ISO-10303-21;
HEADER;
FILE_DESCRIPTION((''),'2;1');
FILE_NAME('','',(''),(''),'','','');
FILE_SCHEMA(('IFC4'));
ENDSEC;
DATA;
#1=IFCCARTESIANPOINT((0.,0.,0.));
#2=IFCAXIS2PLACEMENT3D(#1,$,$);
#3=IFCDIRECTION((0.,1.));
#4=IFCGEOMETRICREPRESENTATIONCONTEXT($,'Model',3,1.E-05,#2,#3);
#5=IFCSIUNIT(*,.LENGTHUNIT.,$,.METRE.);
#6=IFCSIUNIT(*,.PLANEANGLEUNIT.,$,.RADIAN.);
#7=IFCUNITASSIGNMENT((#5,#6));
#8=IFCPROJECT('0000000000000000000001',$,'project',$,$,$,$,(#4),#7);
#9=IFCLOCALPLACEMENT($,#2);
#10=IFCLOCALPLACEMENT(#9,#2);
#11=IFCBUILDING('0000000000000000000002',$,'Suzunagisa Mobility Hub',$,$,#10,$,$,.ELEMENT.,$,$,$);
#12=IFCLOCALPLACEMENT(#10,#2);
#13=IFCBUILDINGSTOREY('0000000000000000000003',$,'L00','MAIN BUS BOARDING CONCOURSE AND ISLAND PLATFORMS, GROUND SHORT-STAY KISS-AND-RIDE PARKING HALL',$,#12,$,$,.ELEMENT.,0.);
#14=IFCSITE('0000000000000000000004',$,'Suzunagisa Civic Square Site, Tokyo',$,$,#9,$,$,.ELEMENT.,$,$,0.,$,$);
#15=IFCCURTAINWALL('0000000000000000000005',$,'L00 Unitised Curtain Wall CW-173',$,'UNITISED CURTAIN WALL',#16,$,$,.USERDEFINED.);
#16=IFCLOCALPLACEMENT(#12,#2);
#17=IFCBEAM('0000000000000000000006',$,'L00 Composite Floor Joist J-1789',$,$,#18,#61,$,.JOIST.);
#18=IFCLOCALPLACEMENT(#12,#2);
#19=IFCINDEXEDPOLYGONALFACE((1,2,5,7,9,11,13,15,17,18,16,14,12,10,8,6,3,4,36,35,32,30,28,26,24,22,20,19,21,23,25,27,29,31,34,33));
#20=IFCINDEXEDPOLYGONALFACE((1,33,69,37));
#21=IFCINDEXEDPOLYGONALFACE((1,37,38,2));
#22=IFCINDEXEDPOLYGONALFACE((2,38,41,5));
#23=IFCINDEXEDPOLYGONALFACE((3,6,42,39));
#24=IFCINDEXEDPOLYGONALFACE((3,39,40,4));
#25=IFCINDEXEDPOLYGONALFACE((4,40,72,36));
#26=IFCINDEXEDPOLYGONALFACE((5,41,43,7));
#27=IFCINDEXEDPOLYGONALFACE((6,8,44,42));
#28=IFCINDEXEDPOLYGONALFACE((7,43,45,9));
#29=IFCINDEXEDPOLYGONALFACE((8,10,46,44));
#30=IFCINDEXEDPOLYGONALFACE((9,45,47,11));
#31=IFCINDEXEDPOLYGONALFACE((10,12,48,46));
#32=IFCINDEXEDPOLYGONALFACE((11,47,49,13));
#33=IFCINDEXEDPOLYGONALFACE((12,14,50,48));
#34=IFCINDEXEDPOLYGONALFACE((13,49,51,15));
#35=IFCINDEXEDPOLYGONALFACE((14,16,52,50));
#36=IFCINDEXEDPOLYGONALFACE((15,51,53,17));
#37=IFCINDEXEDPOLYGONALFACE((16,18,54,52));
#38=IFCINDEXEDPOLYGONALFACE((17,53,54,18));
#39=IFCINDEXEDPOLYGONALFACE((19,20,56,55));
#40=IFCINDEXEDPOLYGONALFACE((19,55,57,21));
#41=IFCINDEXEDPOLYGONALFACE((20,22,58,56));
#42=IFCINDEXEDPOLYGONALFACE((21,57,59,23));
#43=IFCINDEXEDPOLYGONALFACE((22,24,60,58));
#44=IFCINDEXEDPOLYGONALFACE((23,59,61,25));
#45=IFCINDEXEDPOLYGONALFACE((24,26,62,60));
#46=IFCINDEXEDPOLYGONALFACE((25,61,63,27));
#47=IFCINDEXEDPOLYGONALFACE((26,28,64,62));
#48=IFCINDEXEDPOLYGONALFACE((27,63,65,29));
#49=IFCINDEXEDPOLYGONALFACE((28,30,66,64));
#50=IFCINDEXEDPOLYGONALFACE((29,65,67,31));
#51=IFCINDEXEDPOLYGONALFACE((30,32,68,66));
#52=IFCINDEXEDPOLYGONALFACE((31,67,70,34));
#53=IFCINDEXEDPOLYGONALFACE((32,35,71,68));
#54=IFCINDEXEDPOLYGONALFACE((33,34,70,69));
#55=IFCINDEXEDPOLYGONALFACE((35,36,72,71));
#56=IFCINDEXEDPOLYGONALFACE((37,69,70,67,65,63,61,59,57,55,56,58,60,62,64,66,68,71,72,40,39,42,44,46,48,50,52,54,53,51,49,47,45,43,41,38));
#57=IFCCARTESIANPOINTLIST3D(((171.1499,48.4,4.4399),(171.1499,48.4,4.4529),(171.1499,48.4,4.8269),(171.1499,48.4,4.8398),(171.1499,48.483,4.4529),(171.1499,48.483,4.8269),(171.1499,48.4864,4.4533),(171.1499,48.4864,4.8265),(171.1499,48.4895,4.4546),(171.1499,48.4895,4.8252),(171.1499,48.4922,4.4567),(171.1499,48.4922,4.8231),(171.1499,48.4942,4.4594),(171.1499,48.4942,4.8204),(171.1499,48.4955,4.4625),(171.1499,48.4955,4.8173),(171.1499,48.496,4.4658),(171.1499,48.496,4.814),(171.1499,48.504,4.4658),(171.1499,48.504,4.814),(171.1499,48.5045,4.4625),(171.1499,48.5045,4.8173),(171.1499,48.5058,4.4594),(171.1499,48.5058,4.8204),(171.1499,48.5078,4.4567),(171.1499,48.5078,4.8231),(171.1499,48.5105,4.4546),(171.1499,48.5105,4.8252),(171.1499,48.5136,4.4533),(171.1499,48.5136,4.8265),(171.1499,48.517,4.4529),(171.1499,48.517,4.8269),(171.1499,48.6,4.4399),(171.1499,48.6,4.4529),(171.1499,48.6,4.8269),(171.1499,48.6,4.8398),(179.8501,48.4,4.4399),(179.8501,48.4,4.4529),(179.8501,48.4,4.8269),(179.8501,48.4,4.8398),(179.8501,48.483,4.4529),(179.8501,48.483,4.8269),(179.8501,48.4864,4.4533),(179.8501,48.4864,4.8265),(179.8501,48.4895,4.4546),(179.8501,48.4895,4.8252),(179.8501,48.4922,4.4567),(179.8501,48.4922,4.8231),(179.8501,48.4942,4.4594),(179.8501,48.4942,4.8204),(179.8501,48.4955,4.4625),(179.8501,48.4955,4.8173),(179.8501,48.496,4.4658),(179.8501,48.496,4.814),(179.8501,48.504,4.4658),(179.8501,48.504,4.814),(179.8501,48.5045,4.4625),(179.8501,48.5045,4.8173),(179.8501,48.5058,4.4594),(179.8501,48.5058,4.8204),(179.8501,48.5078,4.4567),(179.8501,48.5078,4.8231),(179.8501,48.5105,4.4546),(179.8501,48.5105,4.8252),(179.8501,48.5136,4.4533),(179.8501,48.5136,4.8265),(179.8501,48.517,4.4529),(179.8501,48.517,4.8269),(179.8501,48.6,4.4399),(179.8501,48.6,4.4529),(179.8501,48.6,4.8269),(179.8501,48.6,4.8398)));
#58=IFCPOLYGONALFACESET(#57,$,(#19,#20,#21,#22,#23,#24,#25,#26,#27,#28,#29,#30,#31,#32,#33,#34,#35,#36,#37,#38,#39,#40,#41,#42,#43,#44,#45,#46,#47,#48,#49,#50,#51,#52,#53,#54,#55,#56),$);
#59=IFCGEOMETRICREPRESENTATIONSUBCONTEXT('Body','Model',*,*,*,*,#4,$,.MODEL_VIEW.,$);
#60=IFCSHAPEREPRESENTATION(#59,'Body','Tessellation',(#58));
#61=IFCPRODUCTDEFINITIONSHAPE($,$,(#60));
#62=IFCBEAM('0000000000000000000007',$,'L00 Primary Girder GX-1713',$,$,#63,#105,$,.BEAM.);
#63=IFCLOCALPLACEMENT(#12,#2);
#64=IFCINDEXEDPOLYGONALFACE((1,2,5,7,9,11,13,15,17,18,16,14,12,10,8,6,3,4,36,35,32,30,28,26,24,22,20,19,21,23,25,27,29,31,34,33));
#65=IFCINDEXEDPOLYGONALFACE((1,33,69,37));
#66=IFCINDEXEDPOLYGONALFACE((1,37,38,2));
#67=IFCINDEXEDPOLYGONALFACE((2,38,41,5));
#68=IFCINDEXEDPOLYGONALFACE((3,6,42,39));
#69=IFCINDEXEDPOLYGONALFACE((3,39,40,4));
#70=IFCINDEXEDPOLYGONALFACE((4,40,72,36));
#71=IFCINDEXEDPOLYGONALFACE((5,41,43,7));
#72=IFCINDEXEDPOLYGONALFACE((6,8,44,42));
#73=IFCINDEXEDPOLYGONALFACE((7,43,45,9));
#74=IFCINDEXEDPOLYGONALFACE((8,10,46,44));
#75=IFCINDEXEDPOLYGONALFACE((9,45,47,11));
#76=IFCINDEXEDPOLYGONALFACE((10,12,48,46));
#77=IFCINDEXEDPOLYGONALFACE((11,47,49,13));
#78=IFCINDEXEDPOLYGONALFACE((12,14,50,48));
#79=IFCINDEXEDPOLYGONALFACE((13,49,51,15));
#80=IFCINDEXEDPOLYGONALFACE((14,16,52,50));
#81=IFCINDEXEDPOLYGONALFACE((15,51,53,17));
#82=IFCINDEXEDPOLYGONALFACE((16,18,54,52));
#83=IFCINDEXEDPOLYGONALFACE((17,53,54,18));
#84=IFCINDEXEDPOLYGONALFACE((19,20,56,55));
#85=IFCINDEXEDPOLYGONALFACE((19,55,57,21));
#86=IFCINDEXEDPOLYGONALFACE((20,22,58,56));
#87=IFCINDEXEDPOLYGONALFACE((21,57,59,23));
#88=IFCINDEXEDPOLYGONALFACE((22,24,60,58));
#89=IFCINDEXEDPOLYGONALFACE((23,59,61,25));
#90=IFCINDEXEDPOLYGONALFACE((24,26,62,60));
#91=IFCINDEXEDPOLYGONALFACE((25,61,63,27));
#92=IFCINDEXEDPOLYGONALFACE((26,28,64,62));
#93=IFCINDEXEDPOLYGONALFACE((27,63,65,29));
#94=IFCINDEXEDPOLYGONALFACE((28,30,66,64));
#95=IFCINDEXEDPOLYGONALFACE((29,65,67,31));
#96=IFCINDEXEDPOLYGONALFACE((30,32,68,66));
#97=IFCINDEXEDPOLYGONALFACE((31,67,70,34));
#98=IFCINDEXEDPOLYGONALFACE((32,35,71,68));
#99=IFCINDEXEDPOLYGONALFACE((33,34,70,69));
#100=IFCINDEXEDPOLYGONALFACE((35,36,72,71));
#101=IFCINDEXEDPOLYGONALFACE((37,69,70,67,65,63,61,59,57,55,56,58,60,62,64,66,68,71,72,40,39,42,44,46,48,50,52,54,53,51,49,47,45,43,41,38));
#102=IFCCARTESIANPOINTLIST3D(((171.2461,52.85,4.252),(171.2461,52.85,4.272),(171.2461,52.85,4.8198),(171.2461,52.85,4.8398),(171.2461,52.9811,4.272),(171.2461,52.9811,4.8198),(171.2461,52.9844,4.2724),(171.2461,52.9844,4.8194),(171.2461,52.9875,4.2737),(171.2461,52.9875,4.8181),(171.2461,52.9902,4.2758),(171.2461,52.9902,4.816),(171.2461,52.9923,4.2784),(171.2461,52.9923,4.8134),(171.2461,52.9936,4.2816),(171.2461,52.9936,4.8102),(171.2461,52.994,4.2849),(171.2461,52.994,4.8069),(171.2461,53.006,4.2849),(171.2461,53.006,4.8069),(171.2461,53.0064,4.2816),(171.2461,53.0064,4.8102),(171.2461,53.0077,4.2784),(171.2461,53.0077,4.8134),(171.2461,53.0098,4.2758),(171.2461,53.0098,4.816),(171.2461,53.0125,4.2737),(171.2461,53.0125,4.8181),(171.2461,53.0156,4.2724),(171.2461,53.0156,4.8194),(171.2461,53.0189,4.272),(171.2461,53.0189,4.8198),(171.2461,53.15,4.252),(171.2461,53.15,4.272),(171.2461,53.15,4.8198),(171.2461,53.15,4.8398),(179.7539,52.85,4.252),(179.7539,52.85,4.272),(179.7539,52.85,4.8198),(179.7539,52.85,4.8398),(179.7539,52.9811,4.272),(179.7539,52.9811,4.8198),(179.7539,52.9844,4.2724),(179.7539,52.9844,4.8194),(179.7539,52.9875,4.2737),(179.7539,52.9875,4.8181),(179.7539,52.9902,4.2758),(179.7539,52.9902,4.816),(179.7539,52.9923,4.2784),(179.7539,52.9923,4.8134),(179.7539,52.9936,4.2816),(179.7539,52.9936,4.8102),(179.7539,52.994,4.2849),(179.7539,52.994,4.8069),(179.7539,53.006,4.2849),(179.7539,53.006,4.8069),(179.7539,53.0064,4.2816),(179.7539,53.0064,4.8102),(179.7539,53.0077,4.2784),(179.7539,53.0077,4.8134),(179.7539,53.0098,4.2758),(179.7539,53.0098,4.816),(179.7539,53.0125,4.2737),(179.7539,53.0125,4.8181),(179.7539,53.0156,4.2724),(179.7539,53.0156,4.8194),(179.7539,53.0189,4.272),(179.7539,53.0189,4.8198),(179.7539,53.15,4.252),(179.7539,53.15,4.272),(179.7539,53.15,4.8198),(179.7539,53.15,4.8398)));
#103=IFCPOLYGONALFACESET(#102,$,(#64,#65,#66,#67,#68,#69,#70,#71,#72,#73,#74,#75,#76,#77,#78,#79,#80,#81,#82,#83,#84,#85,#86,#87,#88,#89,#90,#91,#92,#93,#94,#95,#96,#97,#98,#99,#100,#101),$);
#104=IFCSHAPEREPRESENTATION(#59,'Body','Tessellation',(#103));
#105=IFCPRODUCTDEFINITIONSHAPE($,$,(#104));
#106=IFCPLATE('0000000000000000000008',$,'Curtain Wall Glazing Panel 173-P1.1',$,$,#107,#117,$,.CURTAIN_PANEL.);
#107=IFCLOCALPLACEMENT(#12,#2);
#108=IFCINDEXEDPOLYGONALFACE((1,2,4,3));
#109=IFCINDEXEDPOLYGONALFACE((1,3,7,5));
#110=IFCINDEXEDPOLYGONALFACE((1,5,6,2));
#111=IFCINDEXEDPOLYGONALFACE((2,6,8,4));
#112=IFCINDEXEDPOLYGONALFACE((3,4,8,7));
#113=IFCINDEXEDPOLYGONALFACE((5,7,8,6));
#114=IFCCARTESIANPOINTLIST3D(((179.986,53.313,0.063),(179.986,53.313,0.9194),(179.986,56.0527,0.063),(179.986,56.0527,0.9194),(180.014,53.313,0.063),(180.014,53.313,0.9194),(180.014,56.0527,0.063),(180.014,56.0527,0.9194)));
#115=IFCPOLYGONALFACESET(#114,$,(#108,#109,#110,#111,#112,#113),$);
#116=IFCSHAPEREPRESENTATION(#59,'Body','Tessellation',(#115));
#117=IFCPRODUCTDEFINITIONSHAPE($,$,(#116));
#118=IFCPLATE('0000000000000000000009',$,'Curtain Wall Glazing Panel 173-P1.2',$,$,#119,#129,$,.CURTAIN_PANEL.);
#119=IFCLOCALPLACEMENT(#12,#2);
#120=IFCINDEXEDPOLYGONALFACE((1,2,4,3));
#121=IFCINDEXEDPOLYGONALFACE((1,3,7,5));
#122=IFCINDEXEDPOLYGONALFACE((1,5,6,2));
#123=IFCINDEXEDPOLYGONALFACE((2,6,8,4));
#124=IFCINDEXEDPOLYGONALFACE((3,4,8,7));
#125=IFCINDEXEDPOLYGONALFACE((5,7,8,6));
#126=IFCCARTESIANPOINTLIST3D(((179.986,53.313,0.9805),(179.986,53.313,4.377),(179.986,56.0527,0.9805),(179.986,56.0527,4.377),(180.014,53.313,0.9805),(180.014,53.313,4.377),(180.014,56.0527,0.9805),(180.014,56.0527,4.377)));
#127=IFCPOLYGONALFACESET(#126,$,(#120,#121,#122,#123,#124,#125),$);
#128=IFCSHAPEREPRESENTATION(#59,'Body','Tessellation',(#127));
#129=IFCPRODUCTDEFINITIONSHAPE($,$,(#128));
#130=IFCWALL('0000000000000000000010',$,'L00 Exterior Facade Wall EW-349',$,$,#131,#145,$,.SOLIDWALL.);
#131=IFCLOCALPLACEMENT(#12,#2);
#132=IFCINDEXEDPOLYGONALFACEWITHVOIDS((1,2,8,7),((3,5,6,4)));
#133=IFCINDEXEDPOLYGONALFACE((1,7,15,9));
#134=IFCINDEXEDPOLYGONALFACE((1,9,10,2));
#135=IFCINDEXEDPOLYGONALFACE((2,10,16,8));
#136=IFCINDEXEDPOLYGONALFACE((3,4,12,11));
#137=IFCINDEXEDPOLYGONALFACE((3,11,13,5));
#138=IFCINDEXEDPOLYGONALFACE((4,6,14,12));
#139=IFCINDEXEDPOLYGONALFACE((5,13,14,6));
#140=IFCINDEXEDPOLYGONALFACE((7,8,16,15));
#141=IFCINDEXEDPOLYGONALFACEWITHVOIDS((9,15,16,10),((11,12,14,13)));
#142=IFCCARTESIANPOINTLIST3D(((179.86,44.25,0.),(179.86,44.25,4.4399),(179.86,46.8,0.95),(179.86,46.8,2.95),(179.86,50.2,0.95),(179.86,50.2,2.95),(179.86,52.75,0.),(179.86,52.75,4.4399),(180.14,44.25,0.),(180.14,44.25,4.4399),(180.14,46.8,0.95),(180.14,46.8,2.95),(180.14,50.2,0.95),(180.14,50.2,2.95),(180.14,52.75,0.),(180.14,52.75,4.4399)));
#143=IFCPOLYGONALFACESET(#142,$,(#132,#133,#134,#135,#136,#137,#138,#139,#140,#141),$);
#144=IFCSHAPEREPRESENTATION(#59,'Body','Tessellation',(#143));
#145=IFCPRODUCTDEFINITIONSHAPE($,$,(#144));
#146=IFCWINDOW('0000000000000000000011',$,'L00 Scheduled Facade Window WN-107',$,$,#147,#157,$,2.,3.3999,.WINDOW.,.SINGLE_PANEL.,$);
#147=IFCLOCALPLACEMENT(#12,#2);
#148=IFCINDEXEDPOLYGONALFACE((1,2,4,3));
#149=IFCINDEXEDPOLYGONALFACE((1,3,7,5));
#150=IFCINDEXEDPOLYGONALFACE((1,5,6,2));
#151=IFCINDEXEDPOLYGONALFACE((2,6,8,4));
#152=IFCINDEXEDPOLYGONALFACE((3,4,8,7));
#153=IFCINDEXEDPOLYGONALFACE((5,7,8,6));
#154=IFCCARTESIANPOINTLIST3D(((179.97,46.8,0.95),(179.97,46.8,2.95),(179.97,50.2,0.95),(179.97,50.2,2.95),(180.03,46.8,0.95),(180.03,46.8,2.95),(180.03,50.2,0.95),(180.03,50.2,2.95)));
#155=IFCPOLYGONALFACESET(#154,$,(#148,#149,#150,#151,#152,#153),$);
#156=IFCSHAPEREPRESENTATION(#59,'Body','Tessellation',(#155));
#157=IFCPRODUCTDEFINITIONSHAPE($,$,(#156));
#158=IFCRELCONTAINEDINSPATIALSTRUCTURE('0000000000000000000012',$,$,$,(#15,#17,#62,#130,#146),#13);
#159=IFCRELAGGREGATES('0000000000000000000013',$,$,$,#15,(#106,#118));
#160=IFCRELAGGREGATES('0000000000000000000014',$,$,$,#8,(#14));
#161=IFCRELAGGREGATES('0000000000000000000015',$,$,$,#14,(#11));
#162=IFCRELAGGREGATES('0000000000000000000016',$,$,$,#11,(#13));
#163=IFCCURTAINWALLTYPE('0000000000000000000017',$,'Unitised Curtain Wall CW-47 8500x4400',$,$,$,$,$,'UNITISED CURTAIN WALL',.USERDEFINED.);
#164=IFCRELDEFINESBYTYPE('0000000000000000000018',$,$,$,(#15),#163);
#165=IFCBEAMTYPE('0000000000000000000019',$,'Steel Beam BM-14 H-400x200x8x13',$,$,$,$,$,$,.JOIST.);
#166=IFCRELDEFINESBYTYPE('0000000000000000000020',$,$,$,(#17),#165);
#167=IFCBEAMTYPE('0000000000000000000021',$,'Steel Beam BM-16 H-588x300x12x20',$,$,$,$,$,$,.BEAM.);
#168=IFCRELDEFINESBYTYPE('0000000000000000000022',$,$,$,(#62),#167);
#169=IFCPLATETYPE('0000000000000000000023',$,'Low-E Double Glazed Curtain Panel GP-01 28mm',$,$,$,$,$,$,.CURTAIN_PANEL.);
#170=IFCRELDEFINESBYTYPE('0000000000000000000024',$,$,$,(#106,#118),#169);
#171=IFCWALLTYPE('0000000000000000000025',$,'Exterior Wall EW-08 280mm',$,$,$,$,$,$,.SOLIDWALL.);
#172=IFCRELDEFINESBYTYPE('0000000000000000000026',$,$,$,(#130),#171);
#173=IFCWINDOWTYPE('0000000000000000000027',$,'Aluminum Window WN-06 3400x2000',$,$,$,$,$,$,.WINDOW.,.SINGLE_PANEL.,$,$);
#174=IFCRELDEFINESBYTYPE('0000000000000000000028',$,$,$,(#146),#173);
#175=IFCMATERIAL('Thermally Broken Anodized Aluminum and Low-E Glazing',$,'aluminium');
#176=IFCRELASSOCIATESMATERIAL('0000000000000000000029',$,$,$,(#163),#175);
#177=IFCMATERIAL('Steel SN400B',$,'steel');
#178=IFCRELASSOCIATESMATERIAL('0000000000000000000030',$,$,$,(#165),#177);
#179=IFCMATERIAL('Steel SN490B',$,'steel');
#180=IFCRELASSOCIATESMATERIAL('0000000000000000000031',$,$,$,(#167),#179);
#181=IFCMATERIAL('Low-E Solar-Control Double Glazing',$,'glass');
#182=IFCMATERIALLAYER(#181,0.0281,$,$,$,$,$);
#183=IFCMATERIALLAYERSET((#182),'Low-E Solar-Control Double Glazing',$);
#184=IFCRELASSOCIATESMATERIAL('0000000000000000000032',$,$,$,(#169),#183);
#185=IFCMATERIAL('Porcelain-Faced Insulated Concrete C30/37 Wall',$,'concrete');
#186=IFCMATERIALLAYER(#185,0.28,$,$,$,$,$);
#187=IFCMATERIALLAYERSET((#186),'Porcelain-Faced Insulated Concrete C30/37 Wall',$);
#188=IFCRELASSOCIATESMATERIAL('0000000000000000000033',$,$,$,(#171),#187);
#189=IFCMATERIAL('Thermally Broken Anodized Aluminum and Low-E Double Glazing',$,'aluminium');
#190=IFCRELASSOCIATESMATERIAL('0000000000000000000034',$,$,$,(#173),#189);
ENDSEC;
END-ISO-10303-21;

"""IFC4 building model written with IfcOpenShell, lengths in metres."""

from ifc_helpers import new_model, si_unit, direction, frame, frame_2d, origin, origin_2d, place, context, subcontext, project, spatial, rectangle, i_section, extrude, material, layer, layer_set, material_profile, profile_set, type_object, element, fill, aggregate, save


model = new_model("IFC4")

# Units and contexts
model_context = context("Model", 3, precision=1e-05, world=origin(), true_north=direction((0.0, 1.0)))
body_context = subcontext(model_context, "Body", "Model", "MODEL_VIEW")
ifc_project = project(units=[si_unit("LENGTHUNIT", "METRE"), si_unit("PLANEANGLEUNIT", "RADIAN")], contexts=[model_context])

# Site, building, storey
site_placement = place(None, origin())
site = spatial("IfcSite", under=ifc_project, at=site_placement, Name="Suzunagisa Civic Square Site, Tokyo", CompositionType="ELEMENT", RefElevation=0.0)
building_placement = place(site_placement, origin())
building = spatial("IfcBuilding", under=site, at=building_placement, Name="Suzunagisa Mobility Hub", CompositionType="ELEMENT")
storey_placement = place(building_placement, origin())
storey = spatial("IfcBuildingStorey", under=building, at=storey_placement, Name="L00", Description="MAIN BUS BOARDING CONCOURSE AND ISLAND PLATFORMS, GROUND SHORT-STAY KISS-AND-RIDE PARKING HALL", CompositionType="ELEMENT", Elevation=0.0)

# Shared definitions
ifc_material_1 = material(Name="Steel SN490B", Category="steel")

# Curtain wall
ifc_material_2 = material(Name="Thermally Broken Anodized Aluminum and Low-E Glazing", Category="aluminium")
curtain_wall_type = type_object("IfcCurtainWallType", Name="Unitised Curtain Wall CW-47 8500x4400", ElementType="UNITISED CURTAIN WALL", PredefinedType="USERDEFINED", material=ifc_material_2)
curtain_wall_placement = place(storey_placement, origin())
curtain_wall = element("IfcCurtainWall", 1, at=curtain_wall_placement, inside=storey, type_object=curtain_wall_type, Name="L00 Unitised Curtain Wall CW-173", ObjectType="UNITISED CURTAIN WALL", PredefinedType="USERDEFINED")

# Beams
ifc_material_3 = material(Name="Steel SN400B", Category="steel")
ifc_material_profile_1 = material_profile(ifc_material_3, i_section(OverallWidth=0.2, OverallDepth=0.3999, WebThickness=0.0081, FlangeThickness=0.0129, FilletRadius=0.0129, at=origin_2d()), Name="H-400x200x8x13")
ifc_profile_set_1 = profile_set([ifc_material_profile_1], Name="Steel SN400B")
beam_type_1 = type_object("IfcBeamType", Name="Steel Beam BM-14 H-400x200x8x13", PredefinedType="JOIST", material=ifc_profile_set_1)
beam_1_placement = place(storey_placement, frame((171.1499, 48.5, 4.6399), z_axis=(1.0, 0.0, 0.0), x_axis=(0.0, 1.0, 0.0)))
element("IfcBeam", 2, at=beam_1_placement, inside=storey, type_object=beam_type_1, Name="L00 Composite Floor Joist J-1789", PredefinedType="JOIST", context=body_context, shape_type="SweptSolid", body=[
    extrude(i_section(OverallWidth=0.2, OverallDepth=0.3999, WebThickness=0.0081, FlangeThickness=0.0129, FilletRadius=0.0129, at=origin_2d()), origin(), (0.0, 0.0, 1.0), 8.7002),
])
ifc_material_profile_2 = material_profile(ifc_material_1, i_section(OverallWidth=0.3, OverallDepth=0.5879, WebThickness=0.012, FlangeThickness=0.02, FilletRadius=0.0129, at=origin_2d()), Name="H-588x300x12x20")
ifc_profile_set_2 = profile_set([ifc_material_profile_2], Name="Steel SN490B")
beam_type_2 = type_object("IfcBeamType", Name="Steel Beam BM-16 H-588x300x12x20", PredefinedType="BEAM", material=ifc_profile_set_2)
beam_2_placement = place(storey_placement, frame((171.2461, 53.0, 4.5459), z_axis=(1.0, 0.0, 0.0), x_axis=(0.0, 1.0, 0.0)))
element("IfcBeam", 3, at=beam_2_placement, inside=storey, type_object=beam_type_2, Name="L00 Primary Girder GX-1713", PredefinedType="BEAM", context=body_context, shape_type="SweptSolid", body=[
    extrude(i_section(OverallWidth=0.3, OverallDepth=0.5879, WebThickness=0.012, FlangeThickness=0.02, FilletRadius=0.0129, at=origin_2d()), origin(), (0.0, 0.0, 1.0), 8.5078),
])

# Plates
ifc_material_4 = material(Name="Low-E Solar-Control Double Glazing", Category="glass")
ifc_layer_1 = layer(ifc_material_4, 0.0281)
ifc_layer_set_1 = layer_set([ifc_layer_1], Name="Low-E Solar-Control Double Glazing")
plate_type = type_object("IfcPlateType", Name="Low-E Double Glazed Curtain Panel GP-01 28mm", PredefinedType="CURTAIN_PANEL", material=ifc_layer_set_1)
plate_1_placement = place(storey_placement, frame((180.0, 54.6829, 0.063), z_axis=(0.0, 0.0, 1.0), x_axis=(0.0, 1.0, 0.0)))
plate_1 = element("IfcPlate", 4, at=plate_1_placement, type_object=plate_type, Name="Curtain Wall Glazing Panel 173-P1.1", PredefinedType="CURTAIN_PANEL", context=body_context, shape_type="SweptSolid", body=[
    extrude(rectangle(XDim=2.7397, YDim=0.0281, at=origin_2d()), origin(), (0.0, 0.0, 1.0), 0.8564),
])
plate_2_placement = place(storey_placement, frame((180.0, 54.6829, 0.9805), z_axis=(0.0, 0.0, 1.0), x_axis=(0.0, 1.0, 0.0)))
plate_2 = element("IfcPlate", 5, at=plate_2_placement, type_object=plate_type, Name="Curtain Wall Glazing Panel 173-P1.2", PredefinedType="CURTAIN_PANEL", context=body_context, shape_type="SweptSolid", body=[
    extrude(rectangle(XDim=2.7397, YDim=0.0281, at=origin_2d()), origin(), (0.0, 0.0, 1.0), 3.3965),
])
aggregate(curtain_wall, [plate_1, plate_2])

# Wall, opening, window
ifc_material_5 = material(Name="Porcelain-Faced Insulated Concrete C30/37 Wall", Category="concrete")
ifc_layer_2 = layer(ifc_material_5, 0.28)
ifc_layer_set_2 = layer_set([ifc_layer_2], Name="Porcelain-Faced Insulated Concrete C30/37 Wall")
wall_type = type_object("IfcWallType", Name="Exterior Wall EW-08 280mm", PredefinedType="SOLIDWALL", material=ifc_layer_set_2)
wall_placement = place(storey_placement, frame((180.0, 44.25, 0.0), z_axis=(0.0, 0.0, 1.0), x_axis=(0.0, 1.0, 0.0)))
wall = element("IfcWall", 6, at=wall_placement, inside=storey, type_object=wall_type, Name="L00 Exterior Facade Wall EW-349", PredefinedType="SOLIDWALL", context=body_context, shape_type="SweptSolid", body=[
    extrude(rectangle(XDim=8.5, YDim=0.28, at=frame_2d((4.25, 0.0))), origin(), (0.0, 0.0, 1.0), 4.4399),
])
opening_placement = place(wall_placement, frame((2.55, 0.0, 0.95)))
opening = element("IfcOpeningElement", 7, at=opening_placement, cuts=wall, PredefinedType="OPENING", context=body_context, shape_type="SweptSolid", body=[
    extrude(rectangle(XDim=3.3999, YDim=2.0, at=frame_2d((1.7, 1.0))), frame((0.0, 0.1509, 0.0), z_axis=(0.0, -1.0, 0.0), x_axis=(1.0, 0.0, 0.0)), (0.0, 0.0, 1.0), 0.302),
])
ifc_material_6 = material(Name="Thermally Broken Anodized Aluminum and Low-E Double Glazing", Category="aluminium")
window_type = type_object("IfcWindowType", Name="Aluminum Window WN-06 3400x2000", PartitioningType="SINGLE_PANEL", PredefinedType="WINDOW", material=ifc_material_6)
window_placement = place(opening_placement, origin())
window = element("IfcWindow", 8, at=window_placement, inside=storey, type_object=window_type, Name="L00 Scheduled Facade Window WN-107", OverallHeight=2.0, OverallWidth=3.3999, PartitioningType="SINGLE_PANEL", PredefinedType="WINDOW", context=body_context, shape_type="SweptSolid", body=[
    extrude(rectangle(XDim=3.3999, YDim=2.0, at=frame_2d((1.7, 1.0))), frame((0.0, 0.03, 0.0), z_axis=(0.0, -1.0, 0.0), x_axis=(1.0, 0.0, 0.0)), (0.0, 0.0, 1.0), 0.0601),
])
fill(opening, window)

save(model, "model.ifc")
